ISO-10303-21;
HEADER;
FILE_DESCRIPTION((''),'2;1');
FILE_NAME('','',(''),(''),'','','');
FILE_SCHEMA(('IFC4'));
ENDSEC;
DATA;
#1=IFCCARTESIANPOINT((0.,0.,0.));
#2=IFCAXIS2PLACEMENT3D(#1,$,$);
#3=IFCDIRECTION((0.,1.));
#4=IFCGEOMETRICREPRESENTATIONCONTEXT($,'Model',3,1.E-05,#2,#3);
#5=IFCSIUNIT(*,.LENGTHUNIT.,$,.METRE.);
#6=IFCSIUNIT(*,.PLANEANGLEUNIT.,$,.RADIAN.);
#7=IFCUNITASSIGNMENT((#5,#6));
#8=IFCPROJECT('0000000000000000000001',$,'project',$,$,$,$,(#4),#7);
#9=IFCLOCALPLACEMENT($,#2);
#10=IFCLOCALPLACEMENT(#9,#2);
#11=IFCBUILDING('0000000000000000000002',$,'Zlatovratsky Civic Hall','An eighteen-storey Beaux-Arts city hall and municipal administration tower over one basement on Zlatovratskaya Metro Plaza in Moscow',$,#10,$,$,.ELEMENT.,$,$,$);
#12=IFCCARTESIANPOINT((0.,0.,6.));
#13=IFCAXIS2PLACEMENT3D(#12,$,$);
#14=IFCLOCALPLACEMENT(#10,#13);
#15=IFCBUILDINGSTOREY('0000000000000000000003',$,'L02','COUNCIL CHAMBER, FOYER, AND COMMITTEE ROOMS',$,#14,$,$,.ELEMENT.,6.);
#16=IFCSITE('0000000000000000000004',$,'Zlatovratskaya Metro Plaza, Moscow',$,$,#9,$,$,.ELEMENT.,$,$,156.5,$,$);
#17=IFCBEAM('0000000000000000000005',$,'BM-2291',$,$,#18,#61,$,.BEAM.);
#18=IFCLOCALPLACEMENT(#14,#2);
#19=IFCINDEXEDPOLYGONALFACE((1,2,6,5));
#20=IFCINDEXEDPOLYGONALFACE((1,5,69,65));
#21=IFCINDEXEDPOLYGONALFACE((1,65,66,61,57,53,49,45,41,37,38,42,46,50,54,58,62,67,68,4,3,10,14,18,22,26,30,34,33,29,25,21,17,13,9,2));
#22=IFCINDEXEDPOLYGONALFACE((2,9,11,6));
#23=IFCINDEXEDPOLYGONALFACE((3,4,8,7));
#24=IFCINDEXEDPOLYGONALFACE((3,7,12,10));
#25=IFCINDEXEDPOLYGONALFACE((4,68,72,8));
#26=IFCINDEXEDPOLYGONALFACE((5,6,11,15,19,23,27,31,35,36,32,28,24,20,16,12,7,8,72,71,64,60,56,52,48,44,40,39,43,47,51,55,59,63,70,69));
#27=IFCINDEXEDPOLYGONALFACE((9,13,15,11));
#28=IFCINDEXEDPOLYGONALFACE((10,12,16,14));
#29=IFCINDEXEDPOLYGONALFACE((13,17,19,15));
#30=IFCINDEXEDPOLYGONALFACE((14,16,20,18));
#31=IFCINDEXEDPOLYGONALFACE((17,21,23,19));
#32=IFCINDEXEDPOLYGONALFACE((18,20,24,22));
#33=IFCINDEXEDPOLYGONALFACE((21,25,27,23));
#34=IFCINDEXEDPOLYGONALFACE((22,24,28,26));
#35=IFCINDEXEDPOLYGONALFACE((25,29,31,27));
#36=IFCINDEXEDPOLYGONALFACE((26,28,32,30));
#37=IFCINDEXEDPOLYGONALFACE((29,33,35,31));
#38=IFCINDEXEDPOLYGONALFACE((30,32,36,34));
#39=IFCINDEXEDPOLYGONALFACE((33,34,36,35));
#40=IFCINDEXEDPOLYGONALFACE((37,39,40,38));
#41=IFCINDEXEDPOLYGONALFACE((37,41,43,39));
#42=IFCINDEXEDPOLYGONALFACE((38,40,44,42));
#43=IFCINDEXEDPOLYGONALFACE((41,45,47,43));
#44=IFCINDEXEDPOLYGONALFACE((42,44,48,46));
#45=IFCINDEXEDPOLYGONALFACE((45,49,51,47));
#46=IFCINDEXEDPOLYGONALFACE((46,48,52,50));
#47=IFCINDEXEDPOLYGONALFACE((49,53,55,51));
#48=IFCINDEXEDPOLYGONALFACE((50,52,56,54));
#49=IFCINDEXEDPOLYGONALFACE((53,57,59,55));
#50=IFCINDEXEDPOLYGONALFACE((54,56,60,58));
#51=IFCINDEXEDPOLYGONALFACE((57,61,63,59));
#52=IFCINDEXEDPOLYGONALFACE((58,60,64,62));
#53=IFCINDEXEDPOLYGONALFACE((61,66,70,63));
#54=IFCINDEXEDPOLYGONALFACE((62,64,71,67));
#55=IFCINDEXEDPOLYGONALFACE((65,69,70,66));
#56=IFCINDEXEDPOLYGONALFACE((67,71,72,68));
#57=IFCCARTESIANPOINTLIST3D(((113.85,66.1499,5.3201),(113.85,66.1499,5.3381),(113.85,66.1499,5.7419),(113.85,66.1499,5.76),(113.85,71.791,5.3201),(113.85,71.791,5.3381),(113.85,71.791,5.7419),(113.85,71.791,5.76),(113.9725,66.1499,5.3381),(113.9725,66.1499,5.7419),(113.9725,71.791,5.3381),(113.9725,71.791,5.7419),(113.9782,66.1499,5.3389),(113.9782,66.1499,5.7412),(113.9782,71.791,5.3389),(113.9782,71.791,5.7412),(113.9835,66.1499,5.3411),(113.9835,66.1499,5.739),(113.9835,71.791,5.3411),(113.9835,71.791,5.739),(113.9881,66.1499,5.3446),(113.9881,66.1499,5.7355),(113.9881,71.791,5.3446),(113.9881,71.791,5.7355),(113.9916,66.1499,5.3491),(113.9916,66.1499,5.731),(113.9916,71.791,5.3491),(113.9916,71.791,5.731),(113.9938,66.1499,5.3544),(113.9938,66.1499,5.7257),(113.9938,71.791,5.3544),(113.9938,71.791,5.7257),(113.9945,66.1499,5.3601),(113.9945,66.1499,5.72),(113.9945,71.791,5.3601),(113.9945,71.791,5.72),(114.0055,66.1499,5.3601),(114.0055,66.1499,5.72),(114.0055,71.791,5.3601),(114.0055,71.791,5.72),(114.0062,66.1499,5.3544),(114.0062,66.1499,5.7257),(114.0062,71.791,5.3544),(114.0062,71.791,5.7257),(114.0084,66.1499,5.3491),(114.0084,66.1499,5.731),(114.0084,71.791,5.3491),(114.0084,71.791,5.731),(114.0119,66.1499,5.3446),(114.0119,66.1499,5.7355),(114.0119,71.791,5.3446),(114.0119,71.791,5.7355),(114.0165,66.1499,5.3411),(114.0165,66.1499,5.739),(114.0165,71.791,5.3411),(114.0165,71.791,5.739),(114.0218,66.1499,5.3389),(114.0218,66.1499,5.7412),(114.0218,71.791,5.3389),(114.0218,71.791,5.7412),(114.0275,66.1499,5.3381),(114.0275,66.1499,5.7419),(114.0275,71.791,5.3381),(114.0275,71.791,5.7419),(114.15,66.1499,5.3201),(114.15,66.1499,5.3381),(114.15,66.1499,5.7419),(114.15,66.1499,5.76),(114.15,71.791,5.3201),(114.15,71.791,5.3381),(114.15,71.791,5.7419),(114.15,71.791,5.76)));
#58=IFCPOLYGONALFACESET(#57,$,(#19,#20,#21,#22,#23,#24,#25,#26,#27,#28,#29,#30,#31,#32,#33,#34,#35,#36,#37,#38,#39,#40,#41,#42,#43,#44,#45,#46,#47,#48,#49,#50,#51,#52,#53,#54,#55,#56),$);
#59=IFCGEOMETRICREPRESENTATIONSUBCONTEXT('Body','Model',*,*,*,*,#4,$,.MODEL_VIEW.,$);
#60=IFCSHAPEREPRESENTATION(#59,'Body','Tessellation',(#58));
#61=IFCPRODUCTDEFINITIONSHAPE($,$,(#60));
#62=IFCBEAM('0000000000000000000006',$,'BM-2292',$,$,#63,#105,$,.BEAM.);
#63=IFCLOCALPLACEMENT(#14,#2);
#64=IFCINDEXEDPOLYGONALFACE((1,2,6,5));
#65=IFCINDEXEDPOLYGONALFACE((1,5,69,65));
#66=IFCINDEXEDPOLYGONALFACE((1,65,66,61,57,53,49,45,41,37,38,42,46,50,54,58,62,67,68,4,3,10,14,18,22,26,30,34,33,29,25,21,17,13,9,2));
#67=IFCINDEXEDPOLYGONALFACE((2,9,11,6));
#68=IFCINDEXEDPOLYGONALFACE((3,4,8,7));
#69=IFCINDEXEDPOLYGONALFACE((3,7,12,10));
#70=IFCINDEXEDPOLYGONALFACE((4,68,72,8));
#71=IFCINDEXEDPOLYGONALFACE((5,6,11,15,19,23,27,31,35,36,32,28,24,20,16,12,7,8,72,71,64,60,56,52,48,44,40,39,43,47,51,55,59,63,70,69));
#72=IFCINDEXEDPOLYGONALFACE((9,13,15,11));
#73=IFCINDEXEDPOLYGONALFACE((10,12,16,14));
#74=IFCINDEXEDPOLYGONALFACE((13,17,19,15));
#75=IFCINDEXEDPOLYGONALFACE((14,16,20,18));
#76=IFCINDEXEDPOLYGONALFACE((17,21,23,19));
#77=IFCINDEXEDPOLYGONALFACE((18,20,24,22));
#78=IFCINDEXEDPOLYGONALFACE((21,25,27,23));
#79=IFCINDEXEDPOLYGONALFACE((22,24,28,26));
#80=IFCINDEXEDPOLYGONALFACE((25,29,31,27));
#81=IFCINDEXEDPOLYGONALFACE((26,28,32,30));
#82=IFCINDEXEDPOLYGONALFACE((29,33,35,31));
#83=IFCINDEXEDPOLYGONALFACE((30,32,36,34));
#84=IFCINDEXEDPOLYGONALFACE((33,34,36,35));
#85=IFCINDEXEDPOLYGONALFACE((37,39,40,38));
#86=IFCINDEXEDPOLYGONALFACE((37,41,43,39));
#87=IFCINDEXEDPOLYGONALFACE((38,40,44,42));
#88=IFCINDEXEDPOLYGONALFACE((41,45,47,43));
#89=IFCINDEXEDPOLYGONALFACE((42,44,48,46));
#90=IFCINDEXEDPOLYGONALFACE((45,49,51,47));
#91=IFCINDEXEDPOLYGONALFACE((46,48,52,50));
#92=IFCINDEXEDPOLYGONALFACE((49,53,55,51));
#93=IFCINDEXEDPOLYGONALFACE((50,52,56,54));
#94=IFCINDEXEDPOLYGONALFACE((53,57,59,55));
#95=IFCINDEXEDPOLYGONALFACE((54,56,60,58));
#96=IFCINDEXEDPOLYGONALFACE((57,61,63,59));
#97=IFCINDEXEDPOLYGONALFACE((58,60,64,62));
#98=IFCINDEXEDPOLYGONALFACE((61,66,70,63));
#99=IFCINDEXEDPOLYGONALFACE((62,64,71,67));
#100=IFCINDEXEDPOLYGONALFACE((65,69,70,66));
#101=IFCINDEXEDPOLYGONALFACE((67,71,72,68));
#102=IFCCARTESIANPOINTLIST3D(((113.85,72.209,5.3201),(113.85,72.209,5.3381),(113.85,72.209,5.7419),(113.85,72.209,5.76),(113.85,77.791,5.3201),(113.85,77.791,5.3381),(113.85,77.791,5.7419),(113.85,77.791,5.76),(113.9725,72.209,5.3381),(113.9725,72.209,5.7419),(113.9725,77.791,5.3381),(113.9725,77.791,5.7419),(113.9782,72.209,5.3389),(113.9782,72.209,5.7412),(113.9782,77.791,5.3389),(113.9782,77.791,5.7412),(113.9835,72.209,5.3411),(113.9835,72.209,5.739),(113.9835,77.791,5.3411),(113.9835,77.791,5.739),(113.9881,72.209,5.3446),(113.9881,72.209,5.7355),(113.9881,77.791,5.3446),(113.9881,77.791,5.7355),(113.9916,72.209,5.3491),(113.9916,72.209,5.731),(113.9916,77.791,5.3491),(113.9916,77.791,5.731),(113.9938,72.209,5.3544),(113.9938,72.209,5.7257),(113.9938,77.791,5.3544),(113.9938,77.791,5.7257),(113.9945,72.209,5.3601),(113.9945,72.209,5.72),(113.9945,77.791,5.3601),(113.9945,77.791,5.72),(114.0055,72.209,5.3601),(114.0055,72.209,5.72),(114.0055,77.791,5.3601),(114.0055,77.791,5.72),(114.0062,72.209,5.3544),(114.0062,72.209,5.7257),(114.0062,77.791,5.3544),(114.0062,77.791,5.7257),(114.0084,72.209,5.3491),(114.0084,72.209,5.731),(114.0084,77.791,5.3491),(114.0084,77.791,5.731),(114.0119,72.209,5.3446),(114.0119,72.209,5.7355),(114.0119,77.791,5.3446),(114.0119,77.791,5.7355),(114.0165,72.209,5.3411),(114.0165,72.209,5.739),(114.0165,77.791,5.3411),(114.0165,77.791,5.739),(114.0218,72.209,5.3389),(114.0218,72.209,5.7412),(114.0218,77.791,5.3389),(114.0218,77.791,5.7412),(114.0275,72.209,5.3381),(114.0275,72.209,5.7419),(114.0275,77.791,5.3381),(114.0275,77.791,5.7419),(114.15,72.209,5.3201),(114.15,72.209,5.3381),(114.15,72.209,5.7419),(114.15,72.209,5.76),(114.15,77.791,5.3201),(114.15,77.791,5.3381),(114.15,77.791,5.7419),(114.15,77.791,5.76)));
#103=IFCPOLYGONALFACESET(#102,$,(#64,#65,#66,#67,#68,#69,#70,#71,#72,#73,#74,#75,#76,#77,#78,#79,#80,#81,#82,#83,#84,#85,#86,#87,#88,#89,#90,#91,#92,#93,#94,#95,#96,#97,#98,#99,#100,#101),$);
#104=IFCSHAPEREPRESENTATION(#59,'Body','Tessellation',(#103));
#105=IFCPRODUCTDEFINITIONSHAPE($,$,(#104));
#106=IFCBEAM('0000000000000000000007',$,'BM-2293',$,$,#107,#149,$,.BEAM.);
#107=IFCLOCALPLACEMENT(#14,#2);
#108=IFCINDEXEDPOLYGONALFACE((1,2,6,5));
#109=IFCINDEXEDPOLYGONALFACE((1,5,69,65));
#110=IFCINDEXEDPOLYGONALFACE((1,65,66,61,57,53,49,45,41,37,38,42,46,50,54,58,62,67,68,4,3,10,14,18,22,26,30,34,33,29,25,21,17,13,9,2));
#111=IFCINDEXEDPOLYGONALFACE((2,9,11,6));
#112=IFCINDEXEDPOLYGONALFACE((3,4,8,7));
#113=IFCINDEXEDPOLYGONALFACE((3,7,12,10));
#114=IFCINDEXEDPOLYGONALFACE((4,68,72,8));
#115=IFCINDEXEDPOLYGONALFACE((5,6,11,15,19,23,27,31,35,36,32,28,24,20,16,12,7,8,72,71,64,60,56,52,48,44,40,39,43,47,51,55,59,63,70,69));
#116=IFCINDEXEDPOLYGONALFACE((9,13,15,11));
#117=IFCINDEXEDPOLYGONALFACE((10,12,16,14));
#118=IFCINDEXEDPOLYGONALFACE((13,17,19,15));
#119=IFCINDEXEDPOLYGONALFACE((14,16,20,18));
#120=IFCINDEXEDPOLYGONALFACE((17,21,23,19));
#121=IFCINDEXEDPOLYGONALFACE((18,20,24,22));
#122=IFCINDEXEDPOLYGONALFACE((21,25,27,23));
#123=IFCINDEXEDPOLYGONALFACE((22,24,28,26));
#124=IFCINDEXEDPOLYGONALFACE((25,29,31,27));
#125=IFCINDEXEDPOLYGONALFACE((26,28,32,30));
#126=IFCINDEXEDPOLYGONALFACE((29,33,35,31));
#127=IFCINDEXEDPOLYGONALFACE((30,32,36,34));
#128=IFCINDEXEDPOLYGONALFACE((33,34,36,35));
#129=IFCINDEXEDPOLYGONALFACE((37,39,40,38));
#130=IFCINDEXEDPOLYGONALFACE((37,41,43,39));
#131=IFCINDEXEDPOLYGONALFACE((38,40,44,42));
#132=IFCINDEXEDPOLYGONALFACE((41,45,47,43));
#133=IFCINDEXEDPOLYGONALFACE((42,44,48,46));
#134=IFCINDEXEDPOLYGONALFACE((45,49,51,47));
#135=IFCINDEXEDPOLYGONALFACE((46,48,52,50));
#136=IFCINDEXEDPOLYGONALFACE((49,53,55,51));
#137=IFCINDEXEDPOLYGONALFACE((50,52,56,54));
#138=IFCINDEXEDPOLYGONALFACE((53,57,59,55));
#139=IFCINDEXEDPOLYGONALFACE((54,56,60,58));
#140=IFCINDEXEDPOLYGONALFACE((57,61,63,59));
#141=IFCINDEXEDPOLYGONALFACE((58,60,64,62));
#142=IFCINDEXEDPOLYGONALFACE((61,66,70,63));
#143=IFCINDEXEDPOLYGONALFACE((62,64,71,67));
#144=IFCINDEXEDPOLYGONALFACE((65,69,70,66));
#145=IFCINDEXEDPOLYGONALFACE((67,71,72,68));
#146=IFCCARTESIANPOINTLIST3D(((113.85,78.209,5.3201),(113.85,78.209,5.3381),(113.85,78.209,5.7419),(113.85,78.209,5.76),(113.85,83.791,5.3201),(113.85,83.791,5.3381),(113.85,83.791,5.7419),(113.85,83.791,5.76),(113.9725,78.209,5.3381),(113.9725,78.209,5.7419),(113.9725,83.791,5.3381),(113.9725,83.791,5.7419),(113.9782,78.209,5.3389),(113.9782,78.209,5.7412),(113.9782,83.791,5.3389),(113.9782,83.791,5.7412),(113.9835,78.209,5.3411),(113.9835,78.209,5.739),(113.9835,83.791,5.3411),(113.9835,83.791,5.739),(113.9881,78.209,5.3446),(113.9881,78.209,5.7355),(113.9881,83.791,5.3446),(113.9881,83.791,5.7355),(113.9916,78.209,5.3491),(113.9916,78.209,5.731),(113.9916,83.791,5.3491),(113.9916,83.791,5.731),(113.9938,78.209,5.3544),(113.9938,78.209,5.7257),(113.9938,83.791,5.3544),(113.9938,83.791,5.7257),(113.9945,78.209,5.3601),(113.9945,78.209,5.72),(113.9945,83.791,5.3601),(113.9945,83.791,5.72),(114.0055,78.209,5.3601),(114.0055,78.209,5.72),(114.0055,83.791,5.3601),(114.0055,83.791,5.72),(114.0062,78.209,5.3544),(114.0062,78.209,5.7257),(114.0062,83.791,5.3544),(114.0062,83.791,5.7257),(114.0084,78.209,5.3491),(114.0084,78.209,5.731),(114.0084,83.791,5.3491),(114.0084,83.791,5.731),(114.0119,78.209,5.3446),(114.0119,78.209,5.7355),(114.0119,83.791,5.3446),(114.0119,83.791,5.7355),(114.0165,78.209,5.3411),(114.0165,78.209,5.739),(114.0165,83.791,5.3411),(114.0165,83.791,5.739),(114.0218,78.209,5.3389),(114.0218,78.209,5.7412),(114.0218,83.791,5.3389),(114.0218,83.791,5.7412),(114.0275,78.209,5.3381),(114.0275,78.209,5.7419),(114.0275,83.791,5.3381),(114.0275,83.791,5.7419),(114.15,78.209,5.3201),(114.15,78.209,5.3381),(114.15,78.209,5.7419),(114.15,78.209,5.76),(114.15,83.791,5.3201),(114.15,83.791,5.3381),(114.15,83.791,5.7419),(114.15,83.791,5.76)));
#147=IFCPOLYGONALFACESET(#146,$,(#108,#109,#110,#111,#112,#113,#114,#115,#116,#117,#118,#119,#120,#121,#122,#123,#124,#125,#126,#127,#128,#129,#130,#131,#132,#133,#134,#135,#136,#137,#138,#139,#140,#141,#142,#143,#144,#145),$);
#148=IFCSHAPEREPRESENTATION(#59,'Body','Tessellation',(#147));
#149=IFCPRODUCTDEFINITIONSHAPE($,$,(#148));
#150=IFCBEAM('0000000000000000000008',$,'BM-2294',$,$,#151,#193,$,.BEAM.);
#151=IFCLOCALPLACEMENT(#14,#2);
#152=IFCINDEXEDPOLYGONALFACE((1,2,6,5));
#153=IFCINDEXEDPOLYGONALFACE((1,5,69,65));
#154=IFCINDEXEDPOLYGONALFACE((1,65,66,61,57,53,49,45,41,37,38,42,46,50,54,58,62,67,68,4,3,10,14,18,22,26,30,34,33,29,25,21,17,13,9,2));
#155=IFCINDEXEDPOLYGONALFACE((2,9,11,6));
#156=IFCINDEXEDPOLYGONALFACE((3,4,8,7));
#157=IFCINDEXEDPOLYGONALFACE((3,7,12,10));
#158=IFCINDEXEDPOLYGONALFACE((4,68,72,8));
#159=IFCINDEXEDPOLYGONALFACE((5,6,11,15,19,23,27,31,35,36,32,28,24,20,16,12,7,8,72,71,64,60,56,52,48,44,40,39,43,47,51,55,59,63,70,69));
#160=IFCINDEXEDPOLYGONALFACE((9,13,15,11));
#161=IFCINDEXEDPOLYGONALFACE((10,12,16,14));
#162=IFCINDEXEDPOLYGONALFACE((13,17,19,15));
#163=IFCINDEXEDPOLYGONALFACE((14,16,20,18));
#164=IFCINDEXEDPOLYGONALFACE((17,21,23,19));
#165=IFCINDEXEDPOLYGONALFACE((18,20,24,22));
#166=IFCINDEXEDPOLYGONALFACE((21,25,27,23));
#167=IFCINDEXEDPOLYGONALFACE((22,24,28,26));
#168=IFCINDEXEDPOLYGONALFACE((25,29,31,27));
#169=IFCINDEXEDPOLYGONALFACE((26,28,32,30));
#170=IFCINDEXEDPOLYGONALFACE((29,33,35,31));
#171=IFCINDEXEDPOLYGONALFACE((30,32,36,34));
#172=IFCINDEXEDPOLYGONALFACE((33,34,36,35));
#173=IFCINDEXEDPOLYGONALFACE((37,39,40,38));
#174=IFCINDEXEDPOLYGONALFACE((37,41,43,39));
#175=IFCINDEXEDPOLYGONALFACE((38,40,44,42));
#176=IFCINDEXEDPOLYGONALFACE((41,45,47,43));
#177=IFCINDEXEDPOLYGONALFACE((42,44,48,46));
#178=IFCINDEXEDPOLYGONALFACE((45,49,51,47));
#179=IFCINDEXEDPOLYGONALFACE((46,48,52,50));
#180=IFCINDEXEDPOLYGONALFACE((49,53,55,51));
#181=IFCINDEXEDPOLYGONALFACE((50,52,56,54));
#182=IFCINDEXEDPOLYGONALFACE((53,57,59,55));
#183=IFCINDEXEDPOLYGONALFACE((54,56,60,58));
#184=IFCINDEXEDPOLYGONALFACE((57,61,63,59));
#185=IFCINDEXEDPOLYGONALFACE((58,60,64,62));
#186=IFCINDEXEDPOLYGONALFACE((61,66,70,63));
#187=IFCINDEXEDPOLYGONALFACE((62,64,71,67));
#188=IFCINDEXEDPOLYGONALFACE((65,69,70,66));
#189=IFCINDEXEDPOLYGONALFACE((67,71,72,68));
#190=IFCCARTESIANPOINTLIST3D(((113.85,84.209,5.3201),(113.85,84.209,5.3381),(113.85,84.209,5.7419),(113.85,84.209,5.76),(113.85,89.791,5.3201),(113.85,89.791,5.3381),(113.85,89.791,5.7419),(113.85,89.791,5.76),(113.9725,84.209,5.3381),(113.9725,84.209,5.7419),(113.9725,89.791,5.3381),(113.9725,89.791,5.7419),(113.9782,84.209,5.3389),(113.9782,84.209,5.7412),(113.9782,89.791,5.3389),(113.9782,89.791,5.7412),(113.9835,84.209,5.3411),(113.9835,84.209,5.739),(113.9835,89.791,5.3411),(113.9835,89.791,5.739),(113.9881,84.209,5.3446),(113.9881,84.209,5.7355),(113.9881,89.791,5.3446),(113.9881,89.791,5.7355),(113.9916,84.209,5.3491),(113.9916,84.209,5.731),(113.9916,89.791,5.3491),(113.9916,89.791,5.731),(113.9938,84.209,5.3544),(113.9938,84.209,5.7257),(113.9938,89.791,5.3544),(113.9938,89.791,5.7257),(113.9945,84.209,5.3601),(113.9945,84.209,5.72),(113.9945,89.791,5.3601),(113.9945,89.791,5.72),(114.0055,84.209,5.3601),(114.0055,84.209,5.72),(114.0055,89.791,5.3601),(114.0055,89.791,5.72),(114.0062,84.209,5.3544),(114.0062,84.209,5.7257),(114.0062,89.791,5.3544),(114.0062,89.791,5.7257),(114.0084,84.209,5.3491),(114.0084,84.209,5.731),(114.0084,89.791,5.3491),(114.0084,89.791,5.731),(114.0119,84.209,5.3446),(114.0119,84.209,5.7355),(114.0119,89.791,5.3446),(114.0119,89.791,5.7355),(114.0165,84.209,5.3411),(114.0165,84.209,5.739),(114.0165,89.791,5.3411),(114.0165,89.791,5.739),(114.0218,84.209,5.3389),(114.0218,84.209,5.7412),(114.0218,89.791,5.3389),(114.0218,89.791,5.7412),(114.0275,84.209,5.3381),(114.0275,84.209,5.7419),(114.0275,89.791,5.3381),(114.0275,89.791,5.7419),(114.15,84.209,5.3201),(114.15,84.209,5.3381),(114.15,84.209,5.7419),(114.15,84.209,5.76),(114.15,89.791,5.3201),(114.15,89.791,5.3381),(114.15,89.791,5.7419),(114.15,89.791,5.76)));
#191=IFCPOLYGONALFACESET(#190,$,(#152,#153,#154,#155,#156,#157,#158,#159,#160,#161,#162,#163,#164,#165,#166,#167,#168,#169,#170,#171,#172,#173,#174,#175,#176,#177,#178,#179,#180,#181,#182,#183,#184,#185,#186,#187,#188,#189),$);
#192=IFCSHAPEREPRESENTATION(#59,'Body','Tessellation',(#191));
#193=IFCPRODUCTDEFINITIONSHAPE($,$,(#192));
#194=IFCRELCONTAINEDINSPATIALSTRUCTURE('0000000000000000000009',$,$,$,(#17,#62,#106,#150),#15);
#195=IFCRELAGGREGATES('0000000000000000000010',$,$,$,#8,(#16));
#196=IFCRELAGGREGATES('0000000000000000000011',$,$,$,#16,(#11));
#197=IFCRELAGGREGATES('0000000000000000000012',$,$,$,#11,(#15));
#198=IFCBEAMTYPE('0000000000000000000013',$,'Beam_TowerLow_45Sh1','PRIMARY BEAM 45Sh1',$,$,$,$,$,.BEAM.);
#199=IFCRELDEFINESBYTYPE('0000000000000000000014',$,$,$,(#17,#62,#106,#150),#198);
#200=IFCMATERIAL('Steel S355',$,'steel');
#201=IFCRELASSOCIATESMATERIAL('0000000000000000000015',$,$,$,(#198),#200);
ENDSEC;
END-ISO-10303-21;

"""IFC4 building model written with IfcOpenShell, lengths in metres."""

from ifc_helpers import new_model, si_unit, direction, frame, origin, origin_2d, place, context, subcontext, project, spatial, i_section, extrude, material, material_profile, profile_set, type_object, element, save


model = new_model("IFC4")

# Units and contexts
model_context = context("Model", 3, precision=1e-05, world=origin(), true_north=direction((0.0, 1.0)))
body_context = subcontext(model_context, "Body", "Model", "MODEL_VIEW")
ifc_project = project(units=[si_unit("LENGTHUNIT", "METRE"), si_unit("PLANEANGLEUNIT", "RADIAN")], contexts=[model_context])

# Site, building, storey
site_placement = place(None, origin())
site = spatial("IfcSite", under=ifc_project, at=site_placement, Name="Zlatovratskaya Metro Plaza, Moscow", CompositionType="ELEMENT", RefElevation=156.5)
building_placement = place(site_placement, origin())
building = spatial("IfcBuilding", under=site, at=building_placement, Name="Zlatovratsky Civic Hall", Description="An eighteen-storey Beaux-Arts city hall and municipal administration tower over one basement on Zlatovratskaya Metro Plaza in Moscow", CompositionType="ELEMENT")
storey_placement = place(building_placement, frame((0.0, 0.0, 6.0)))
storey = spatial("IfcBuildingStorey", under=building, at=storey_placement, Name="L02", Description="COUNCIL CHAMBER, FOYER, AND COMMITTEE ROOMS", CompositionType="ELEMENT", Elevation=6.0)

# Shared definitions
ifc_material_1 = material(Name="Steel S355", Category="steel")

# Beams
ifc_material_profile_1 = material_profile(ifc_material_1, i_section(OverallWidth=0.3, OverallDepth=0.4399, WebThickness=0.011, FlangeThickness=0.0181, FilletRadius=0.022, at=origin_2d()), Name="45Sh1")
ifc_profile_set_1 = profile_set([ifc_material_profile_1], Name="Steel S355")
beam_type_1 = type_object("IfcBeamType", Name="Beam_TowerLow_45Sh1", Description="PRIMARY BEAM 45Sh1", PredefinedType="BEAM", material=ifc_profile_set_1)
beam_1_placement = place(storey_placement, frame((114.0, 66.1499, 5.54), z_axis=(0.0, 1.0, 0.0), x_axis=(-1.0, 0.0, 0.0)))
element("IfcBeam", 1, at=beam_1_placement, inside=storey, type_object=beam_type_1, Name="BM-2291", PredefinedType="BEAM", context=body_context, shape_type="SweptSolid", body=[
    extrude(i_section(OverallWidth=0.3, OverallDepth=0.4399, WebThickness=0.011, FlangeThickness=0.0181, FilletRadius=0.022, at=origin_2d()), origin(), (0.0, 0.0, 1.0), 5.6411),
])
for number, where, z_axis, x_axis, name in (
    (2, (114.0, 72.209, 5.54), (0.0, 1.0, 0.0), (-1.0, 0.0, 0.0), "BM-2292"),
    (3, (114.0, 78.209, 5.54), (0.0, 1.0, 0.0), (-1.0, 0.0, 0.0), "BM-2293"),
    (4, (114.0, 84.209, 5.54), (0.0, 1.0, 0.0), (-1.0, 0.0, 0.0), "BM-2294"),
):
    element("IfcBeam", number, at=place(storey_placement, frame(where, z_axis=z_axis, x_axis=x_axis)), inside=storey, type_object=beam_type_1, Name=name, PredefinedType="BEAM", context=body_context, shape_type="SweptSolid", body=[
        extrude(i_section(OverallWidth=0.3, OverallDepth=0.4399, WebThickness=0.011, FlangeThickness=0.0181, FilletRadius=0.022, at=origin_2d()), origin(), (0.0, 0.0, 1.0), 5.582),
    ])

save(model, "model.ifc")
